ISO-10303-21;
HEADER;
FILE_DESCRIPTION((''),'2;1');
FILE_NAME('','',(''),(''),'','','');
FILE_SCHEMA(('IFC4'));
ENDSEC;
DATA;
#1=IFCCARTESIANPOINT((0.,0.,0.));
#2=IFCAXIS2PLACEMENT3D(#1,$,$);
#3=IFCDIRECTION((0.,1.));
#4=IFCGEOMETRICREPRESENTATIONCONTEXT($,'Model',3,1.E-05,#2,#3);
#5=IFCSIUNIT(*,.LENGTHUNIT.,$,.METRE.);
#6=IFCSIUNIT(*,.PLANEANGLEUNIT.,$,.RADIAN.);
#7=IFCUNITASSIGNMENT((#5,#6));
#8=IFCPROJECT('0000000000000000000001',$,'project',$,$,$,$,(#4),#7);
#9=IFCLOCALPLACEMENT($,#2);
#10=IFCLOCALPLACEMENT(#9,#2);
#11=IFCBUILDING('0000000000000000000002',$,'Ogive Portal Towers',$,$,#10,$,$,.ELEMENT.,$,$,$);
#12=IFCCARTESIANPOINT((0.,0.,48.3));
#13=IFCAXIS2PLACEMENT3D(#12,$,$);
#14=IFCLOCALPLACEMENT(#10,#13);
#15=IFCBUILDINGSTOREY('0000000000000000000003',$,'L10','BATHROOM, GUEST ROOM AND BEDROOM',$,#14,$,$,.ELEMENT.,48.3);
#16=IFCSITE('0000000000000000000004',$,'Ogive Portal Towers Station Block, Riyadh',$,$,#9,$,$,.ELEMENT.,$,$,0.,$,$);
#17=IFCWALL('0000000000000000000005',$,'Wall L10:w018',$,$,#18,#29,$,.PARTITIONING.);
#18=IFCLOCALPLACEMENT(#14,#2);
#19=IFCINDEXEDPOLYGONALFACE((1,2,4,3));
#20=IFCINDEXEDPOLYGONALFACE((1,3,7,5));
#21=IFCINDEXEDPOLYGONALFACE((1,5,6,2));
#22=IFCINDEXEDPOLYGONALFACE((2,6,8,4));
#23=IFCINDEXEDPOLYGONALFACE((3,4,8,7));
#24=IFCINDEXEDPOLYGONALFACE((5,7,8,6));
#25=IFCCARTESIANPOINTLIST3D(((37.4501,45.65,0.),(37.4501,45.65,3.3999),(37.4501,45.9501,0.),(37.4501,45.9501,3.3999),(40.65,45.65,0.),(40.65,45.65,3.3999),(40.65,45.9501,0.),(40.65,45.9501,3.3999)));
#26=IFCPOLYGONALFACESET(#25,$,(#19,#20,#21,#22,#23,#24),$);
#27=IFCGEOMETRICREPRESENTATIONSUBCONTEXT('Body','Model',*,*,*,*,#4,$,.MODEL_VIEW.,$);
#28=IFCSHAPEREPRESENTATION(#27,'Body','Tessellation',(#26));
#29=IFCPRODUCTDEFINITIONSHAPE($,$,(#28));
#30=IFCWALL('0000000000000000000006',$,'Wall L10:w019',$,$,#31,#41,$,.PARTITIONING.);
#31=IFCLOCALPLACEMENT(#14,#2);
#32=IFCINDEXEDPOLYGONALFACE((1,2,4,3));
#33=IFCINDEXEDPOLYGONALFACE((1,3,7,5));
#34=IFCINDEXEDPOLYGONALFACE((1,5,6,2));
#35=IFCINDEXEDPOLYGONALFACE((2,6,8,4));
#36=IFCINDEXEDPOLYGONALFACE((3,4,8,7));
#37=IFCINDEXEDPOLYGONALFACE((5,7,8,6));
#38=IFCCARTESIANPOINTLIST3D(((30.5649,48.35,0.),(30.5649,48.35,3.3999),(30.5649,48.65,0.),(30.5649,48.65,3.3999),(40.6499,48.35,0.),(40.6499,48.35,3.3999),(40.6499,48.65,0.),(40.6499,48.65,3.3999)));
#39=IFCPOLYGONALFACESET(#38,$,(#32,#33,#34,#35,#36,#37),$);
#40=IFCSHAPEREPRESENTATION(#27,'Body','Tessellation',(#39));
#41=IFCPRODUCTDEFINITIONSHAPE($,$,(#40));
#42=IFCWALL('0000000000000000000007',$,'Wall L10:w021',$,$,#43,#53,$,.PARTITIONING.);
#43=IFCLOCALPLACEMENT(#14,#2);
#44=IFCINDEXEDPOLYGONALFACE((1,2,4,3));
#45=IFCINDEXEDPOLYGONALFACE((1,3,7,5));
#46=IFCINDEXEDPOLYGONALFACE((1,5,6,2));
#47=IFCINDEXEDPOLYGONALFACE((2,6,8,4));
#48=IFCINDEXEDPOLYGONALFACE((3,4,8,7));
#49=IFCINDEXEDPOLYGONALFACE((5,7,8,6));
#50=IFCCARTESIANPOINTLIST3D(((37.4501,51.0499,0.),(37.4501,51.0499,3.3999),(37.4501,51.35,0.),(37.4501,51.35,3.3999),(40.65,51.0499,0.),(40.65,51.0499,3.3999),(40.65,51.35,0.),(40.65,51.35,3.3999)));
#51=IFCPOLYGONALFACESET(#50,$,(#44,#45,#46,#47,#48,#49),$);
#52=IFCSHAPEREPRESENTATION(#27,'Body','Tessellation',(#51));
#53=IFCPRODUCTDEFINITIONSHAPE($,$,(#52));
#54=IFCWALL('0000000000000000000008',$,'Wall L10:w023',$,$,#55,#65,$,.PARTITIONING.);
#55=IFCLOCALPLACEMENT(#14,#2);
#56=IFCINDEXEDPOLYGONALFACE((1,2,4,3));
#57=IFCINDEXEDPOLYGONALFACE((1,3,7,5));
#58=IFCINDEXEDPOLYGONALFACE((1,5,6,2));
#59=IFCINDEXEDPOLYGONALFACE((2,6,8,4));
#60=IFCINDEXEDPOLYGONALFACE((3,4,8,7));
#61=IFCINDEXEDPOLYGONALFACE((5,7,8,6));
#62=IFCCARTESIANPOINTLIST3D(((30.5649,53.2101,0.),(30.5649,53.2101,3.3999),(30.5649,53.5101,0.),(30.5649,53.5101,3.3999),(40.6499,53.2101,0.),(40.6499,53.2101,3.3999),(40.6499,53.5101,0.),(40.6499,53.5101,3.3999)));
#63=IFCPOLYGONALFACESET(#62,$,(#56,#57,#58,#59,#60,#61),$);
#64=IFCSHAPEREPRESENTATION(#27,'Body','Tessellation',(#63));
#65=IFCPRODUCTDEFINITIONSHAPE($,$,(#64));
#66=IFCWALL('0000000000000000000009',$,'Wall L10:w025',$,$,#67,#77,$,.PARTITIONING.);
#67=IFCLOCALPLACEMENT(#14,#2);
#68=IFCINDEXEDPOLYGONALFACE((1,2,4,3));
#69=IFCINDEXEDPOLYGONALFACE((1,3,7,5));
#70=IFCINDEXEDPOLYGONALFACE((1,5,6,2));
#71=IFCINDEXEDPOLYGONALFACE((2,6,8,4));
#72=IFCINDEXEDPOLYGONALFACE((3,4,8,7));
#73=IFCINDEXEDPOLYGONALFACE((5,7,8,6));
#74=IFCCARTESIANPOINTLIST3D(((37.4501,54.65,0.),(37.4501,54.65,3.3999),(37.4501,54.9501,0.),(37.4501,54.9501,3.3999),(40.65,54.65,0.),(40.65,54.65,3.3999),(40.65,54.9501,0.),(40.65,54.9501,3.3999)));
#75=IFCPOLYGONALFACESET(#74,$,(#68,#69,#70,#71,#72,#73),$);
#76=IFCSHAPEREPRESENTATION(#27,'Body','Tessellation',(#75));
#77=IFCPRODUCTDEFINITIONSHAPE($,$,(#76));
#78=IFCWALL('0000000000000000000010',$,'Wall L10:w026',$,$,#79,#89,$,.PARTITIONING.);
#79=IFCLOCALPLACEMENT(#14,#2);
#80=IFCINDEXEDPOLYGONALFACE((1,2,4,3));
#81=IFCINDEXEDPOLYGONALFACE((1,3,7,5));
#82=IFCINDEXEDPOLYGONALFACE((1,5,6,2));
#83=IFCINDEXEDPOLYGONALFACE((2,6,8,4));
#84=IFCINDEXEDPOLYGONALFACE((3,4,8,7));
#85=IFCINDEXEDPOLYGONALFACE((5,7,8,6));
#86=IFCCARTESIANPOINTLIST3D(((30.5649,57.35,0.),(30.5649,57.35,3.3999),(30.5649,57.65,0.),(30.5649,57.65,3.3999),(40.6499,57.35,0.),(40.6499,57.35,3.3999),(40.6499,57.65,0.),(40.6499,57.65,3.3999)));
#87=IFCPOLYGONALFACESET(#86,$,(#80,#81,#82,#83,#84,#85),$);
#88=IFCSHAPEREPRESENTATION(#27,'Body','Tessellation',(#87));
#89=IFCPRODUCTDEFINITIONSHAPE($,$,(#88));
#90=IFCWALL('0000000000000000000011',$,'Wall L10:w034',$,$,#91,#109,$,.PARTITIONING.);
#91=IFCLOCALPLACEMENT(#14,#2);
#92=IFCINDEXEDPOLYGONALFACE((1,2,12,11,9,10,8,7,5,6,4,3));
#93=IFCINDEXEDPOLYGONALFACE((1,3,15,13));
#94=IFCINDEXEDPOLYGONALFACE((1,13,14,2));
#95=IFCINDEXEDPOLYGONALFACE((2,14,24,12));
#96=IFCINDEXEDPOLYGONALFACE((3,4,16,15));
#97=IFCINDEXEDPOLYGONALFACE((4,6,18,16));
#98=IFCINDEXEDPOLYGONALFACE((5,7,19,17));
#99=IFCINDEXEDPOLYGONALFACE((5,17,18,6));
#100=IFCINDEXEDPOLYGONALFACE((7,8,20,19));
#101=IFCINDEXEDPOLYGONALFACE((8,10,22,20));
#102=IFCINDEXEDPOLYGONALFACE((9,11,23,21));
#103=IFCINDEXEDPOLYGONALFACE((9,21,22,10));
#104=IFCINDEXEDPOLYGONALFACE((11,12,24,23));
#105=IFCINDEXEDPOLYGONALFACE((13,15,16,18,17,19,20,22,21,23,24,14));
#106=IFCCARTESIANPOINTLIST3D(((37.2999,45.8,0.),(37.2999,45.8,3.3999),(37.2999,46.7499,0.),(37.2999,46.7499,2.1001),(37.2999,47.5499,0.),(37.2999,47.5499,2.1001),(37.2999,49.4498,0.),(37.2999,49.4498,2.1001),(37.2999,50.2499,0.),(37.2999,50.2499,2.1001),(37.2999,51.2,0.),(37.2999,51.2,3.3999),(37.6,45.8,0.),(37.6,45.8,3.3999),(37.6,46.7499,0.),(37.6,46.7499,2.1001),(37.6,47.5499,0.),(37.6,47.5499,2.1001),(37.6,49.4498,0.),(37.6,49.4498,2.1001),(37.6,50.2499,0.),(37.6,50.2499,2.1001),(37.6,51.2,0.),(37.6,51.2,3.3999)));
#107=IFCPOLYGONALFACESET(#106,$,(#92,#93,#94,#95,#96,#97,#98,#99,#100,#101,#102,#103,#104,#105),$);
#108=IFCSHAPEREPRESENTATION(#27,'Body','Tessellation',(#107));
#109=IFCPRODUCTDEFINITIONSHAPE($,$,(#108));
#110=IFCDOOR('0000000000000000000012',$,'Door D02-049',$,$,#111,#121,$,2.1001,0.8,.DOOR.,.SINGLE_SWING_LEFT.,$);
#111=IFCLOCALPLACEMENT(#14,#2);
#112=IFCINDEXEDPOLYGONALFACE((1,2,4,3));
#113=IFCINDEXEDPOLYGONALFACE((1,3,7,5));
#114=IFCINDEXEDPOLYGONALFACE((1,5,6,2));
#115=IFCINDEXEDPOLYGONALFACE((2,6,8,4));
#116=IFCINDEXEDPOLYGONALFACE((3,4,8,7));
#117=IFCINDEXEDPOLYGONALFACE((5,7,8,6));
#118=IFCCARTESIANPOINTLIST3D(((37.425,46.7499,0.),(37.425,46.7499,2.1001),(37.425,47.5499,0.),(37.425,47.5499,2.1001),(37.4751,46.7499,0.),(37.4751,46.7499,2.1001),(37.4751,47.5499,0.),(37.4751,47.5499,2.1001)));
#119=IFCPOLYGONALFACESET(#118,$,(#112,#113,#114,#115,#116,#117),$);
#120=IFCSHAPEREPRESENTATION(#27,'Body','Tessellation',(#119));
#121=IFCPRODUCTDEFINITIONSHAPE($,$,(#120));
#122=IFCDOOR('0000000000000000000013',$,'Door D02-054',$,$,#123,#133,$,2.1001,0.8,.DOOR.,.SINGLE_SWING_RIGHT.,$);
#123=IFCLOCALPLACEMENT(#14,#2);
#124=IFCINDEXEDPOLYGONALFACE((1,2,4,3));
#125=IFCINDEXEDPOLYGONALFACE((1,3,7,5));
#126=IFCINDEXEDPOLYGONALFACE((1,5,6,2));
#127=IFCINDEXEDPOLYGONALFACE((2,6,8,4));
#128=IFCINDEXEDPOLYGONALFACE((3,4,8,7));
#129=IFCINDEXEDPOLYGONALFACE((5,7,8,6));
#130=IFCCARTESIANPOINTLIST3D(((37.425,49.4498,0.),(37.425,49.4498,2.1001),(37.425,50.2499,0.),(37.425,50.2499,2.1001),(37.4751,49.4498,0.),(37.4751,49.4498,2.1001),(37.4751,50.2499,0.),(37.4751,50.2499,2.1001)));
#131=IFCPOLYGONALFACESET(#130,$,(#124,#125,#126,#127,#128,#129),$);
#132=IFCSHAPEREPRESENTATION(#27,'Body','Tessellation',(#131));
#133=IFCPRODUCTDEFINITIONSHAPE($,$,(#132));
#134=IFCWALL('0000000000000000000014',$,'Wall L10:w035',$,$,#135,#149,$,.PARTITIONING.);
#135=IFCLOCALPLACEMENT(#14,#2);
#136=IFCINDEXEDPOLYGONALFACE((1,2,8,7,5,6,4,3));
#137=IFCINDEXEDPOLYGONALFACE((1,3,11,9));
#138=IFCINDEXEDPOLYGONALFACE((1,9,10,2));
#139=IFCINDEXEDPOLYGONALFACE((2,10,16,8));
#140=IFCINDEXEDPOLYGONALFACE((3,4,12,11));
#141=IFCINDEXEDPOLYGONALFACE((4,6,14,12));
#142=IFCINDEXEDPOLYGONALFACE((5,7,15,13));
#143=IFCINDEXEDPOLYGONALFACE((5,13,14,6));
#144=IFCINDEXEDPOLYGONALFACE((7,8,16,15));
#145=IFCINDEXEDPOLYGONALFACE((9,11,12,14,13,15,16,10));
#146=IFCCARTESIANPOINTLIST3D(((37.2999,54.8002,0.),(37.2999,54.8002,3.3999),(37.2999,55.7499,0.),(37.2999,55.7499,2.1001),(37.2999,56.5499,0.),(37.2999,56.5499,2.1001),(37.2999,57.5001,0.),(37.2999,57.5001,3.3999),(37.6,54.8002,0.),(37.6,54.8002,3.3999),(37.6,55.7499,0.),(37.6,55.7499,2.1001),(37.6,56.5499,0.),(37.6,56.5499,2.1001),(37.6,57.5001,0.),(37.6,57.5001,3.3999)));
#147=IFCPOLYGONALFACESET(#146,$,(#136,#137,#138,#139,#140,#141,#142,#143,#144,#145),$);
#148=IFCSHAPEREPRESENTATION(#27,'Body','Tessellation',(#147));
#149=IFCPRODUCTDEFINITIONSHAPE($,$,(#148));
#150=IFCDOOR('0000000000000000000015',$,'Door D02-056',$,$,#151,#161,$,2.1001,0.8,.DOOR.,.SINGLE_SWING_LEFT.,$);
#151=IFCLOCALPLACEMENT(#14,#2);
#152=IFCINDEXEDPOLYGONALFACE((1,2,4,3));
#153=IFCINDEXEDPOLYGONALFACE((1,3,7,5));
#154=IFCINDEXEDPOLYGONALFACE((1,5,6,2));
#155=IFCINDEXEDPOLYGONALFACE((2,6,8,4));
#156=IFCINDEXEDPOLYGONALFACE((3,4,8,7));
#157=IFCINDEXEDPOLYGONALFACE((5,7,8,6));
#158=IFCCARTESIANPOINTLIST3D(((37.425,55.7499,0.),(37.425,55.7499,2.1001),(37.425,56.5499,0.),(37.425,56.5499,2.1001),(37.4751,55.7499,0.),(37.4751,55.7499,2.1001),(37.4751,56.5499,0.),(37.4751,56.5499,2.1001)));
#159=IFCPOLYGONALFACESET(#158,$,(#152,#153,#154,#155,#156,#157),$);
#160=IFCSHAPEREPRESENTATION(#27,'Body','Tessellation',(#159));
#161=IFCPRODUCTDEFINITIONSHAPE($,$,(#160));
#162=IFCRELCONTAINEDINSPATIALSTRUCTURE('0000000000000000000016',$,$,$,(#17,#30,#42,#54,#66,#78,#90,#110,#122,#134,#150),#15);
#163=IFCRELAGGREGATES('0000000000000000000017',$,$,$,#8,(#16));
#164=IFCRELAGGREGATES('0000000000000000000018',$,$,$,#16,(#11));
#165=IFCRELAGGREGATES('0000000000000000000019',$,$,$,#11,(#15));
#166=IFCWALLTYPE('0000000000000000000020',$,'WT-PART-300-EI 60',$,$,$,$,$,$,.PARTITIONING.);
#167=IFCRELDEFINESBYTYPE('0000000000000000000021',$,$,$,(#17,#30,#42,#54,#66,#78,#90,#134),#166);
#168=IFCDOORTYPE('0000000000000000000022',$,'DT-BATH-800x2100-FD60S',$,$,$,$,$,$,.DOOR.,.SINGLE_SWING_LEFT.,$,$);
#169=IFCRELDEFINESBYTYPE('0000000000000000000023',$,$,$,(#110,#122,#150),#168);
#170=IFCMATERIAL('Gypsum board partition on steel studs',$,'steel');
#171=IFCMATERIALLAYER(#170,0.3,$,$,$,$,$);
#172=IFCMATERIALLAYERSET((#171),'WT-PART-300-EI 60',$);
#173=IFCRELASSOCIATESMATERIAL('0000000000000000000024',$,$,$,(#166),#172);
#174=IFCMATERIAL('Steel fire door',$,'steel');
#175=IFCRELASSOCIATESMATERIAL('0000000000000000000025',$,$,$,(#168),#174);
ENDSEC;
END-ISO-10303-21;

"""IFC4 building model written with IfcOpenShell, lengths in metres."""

from ifc_helpers import new_model, si_unit, direction, frame, frame_2d, origin, place, context, subcontext, project, spatial, rectangle, extrude, material, layer, layer_set, type_object, element, fill, save


model = new_model("IFC4")

# Units and contexts
model_context = context("Model", 3, precision=1e-05, world=origin(), true_north=direction((0.0, 1.0)))
body_context = subcontext(model_context, "Body", "Model", "MODEL_VIEW")
ifc_project = project(units=[si_unit("LENGTHUNIT", "METRE"), si_unit("PLANEANGLEUNIT", "RADIAN")], contexts=[model_context])

# Site, building, storey
site_placement = place(None, origin())
site = spatial("IfcSite", under=ifc_project, at=site_placement, Name="Ogive Portal Towers Station Block, Riyadh", CompositionType="ELEMENT", RefElevation=0.0)
building_placement = place(site_placement, origin())
building = spatial("IfcBuilding", under=site, at=building_placement, Name="Ogive Portal Towers", CompositionType="ELEMENT")
storey_placement = place(building_placement, frame((0.0, 0.0, 48.3)))
storey = spatial("IfcBuildingStorey", under=building, at=storey_placement, Name="L10", Description="BATHROOM, GUEST ROOM AND BEDROOM", CompositionType="ELEMENT", Elevation=48.3)

# Shared definitions
ifc_material_1 = material(Name="Steel fire door", Category="steel")

# Walls
ifc_material_2 = material(Name="Gypsum board partition on steel studs", Category="steel")
ifc_layer_1 = layer(ifc_material_2, 0.3)
ifc_layer_set_1 = layer_set([ifc_layer_1], Name="WT-PART-300-EI 60")
wall_type_1 = type_object("IfcWallType", Name="WT-PART-300-EI 60", PredefinedType="PARTITIONING", material=ifc_layer_set_1)
wall_1_placement = place(storey_placement, frame((37.45, 45.8, 0.0), z_axis=(0.0, 0.0, 1.0), x_axis=(1.0, 0.0, 0.0)))
element("IfcWall", 1, at=wall_1_placement, inside=storey, type_object=wall_type_1, Name="Wall L10:w018", PredefinedType="PARTITIONING", context=body_context, shape_type="SweptSolid", body=[
    extrude(rectangle(XDim=3.2, YDim=0.3, at=frame_2d((1.6001, 0.0))), origin(), (0.0, 0.0, 1.0), 3.3999),
])
wall_2_placement = place(storey_placement, frame((30.5649, 48.5, 0.0), z_axis=(0.0, 0.0, 1.0), x_axis=(1.0, 0.0, 0.0)))
element("IfcWall", 2, at=wall_2_placement, inside=storey, type_object=wall_type_1, Name="Wall L10:w019", PredefinedType="PARTITIONING", context=body_context, shape_type="SweptSolid", body=[
    extrude(rectangle(XDim=10.085, YDim=0.3, at=frame_2d((5.0425, 0.0))), origin(), (0.0, 0.0, 1.0), 3.3999),
])
wall_3_placement = place(storey_placement, frame((37.45, 51.2, 0.0), z_axis=(0.0, 0.0, 1.0), x_axis=(1.0, 0.0, 0.0)))
element("IfcWall", 3, at=wall_3_placement, inside=storey, type_object=wall_type_1, Name="Wall L10:w021", PredefinedType="PARTITIONING", context=body_context, shape_type="SweptSolid", body=[
    extrude(rectangle(XDim=3.2, YDim=0.3, at=frame_2d((1.6001, 0.0))), origin(), (0.0, 0.0, 1.0), 3.3999),
])
wall_4_placement = place(storey_placement, frame((30.5649, 53.3601, 0.0), z_axis=(0.0, 0.0, 1.0), x_axis=(1.0, 0.0, 0.0)))
element("IfcWall", 4, at=wall_4_placement, inside=storey, type_object=wall_type_1, Name="Wall L10:w023", PredefinedType="PARTITIONING", context=body_context, shape_type="SweptSolid", body=[
    extrude(rectangle(XDim=10.085, YDim=0.3, at=frame_2d((5.0425, 0.0))), origin(), (0.0, 0.0, 1.0), 3.3999),
])
wall_5_placement = place(storey_placement, frame((37.45, 54.8, 0.0), z_axis=(0.0, 0.0, 1.0), x_axis=(1.0, 0.0, 0.0)))
element("IfcWall", 5, at=wall_5_placement, inside=storey, type_object=wall_type_1, Name="Wall L10:w025", PredefinedType="PARTITIONING", context=body_context, shape_type="SweptSolid", body=[
    extrude(rectangle(XDim=3.2, YDim=0.3, at=frame_2d((1.6001, 0.0))), origin(), (0.0, 0.0, 1.0), 3.3999),
])
wall_6_placement = place(storey_placement, frame((30.5649, 57.5, 0.0), z_axis=(0.0, 0.0, 1.0), x_axis=(1.0, 0.0, 0.0)))
element("IfcWall", 6, at=wall_6_placement, inside=storey, type_object=wall_type_1, Name="Wall L10:w026", PredefinedType="PARTITIONING", context=body_context, shape_type="SweptSolid", body=[
    extrude(rectangle(XDim=10.085, YDim=0.3, at=frame_2d((5.0425, 0.0))), origin(), (0.0, 0.0, 1.0), 3.3999),
])

# Wall, openings, doors
wall_7_placement = place(storey_placement, frame((37.45, 45.8, 0.0), z_axis=(0.0, 0.0, 1.0), x_axis=(0.0, 1.0, 0.0)))
wall_7 = element("IfcWall", 7, at=wall_7_placement, inside=storey, type_object=wall_type_1, Name="Wall L10:w034", PredefinedType="PARTITIONING", context=body_context, shape_type="SweptSolid", body=[
    extrude(rectangle(XDim=5.3999, YDim=0.3, at=frame_2d((2.7, 0.0))), origin(), (0.0, 0.0, 1.0), 3.3999),
])
opening_1_placement = place(wall_7_placement, frame((0.95, 0.0, 0.0)))
opening_1 = element("IfcOpeningElement", 8, at=opening_1_placement, cuts=wall_7, PredefinedType="OPENING", context=body_context, shape_type="SweptSolid", body=[
    extrude(rectangle(XDim=0.8, YDim=2.1001, at=frame_2d((0.3999, 1.05))), frame((0.0, 0.1602, 0.0), z_axis=(0.0, -1.0, 0.0), x_axis=(1.0, 0.0, 0.0)), (0.0, 0.0, 1.0), 0.3201),
])
opening_2_placement = place(wall_7_placement, frame((3.6499, 0.0, 0.0)))
opening_2 = element("IfcOpeningElement", 9, at=opening_2_placement, cuts=wall_7, PredefinedType="OPENING", context=body_context, shape_type="SweptSolid", body=[
    extrude(rectangle(XDim=0.8, YDim=2.1001, at=frame_2d((0.3999, 1.05))), frame((0.0, 0.1602, 0.0), z_axis=(0.0, -1.0, 0.0), x_axis=(1.0, 0.0, 0.0)), (0.0, 0.0, 1.0), 0.3201),
])
door_type_1 = type_object("IfcDoorType", Name="DT-BATH-800x2100-FD60S", OperationType="SINGLE_SWING_LEFT", PredefinedType="DOOR", material=ifc_material_1)
door_1_placement = place(opening_1_placement, origin())
door_1 = element("IfcDoor", 10, at=door_1_placement, inside=storey, type_object=door_type_1, Name="Door D02-049", OperationType="SINGLE_SWING_LEFT", OverallHeight=2.1001, OverallWidth=0.8, PredefinedType="DOOR", context=body_context, shape_type="SweptSolid", body=[
    extrude(rectangle(XDim=0.8, YDim=2.1001, at=frame_2d((0.3999, 1.05))), frame((0.0, 0.0249, 0.0), z_axis=(0.0, -1.0, 0.0), x_axis=(1.0, 0.0, 0.0)), (0.0, 0.0, 1.0), 0.05),
])
fill(opening_1, door_1)
door_2_placement = place(opening_2_placement, origin())
door_2 = element("IfcDoor", 11, at=door_2_placement, inside=storey, type_object=door_type_1, Name="Door D02-054", OperationType="SINGLE_SWING_RIGHT", OverallHeight=2.1001, OverallWidth=0.8, PredefinedType="DOOR", context=body_context, shape_type="SweptSolid", body=[
    extrude(rectangle(XDim=0.8, YDim=2.1001, at=frame_2d((0.3999, 1.05))), frame((0.0, 0.0249, 0.0), z_axis=(0.0, -1.0, 0.0), x_axis=(1.0, 0.0, 0.0)), (0.0, 0.0, 1.0), 0.05),
])
fill(opening_2, door_2)

# Wall, opening, door
wall_8_placement = place(storey_placement, frame((37.45, 54.8, 0.0), z_axis=(0.0, 0.0, 1.0), x_axis=(0.0, 1.0, 0.0)))
wall_8 = element("IfcWall", 12, at=wall_8_placement, inside=storey, type_object=wall_type_1, Name="Wall L10:w035", PredefinedType="PARTITIONING", context=body_context, shape_type="SweptSolid", body=[
    extrude(rectangle(XDim=2.7, YDim=0.3, at=frame_2d((1.3501, 0.0))), origin(), (0.0, 0.0, 1.0), 3.3999),
])
opening_3_placement = place(wall_8_placement, frame((0.95, 0.0, 0.0)))
opening_3 = element("IfcOpeningElement", 13, at=opening_3_placement, cuts=wall_8, PredefinedType="OPENING", context=body_context, shape_type="SweptSolid", body=[
    extrude(rectangle(XDim=0.8, YDim=2.1001, at=frame_2d((0.3999, 1.05))), frame((0.0, 0.1602, 0.0), z_axis=(0.0, -1.0, 0.0), x_axis=(1.0, 0.0, 0.0)), (0.0, 0.0, 1.0), 0.3201),
])
door_3_placement = place(opening_3_placement, origin())
door_3 = element("IfcDoor", 14, at=door_3_placement, inside=storey, type_object=door_type_1, Name="Door D02-056", OperationType="SINGLE_SWING_LEFT", OverallHeight=2.1001, OverallWidth=0.8, PredefinedType="DOOR", context=body_context, shape_type="SweptSolid", body=[
    extrude(rectangle(XDim=0.8, YDim=2.1001, at=frame_2d((0.3999, 1.05))), frame((0.0, 0.0249, 0.0), z_axis=(0.0, -1.0, 0.0), x_axis=(1.0, 0.0, 0.0)), (0.0, 0.0, 1.0), 0.05),
])
fill(opening_3, door_3)

save(model, "model.ifc")
